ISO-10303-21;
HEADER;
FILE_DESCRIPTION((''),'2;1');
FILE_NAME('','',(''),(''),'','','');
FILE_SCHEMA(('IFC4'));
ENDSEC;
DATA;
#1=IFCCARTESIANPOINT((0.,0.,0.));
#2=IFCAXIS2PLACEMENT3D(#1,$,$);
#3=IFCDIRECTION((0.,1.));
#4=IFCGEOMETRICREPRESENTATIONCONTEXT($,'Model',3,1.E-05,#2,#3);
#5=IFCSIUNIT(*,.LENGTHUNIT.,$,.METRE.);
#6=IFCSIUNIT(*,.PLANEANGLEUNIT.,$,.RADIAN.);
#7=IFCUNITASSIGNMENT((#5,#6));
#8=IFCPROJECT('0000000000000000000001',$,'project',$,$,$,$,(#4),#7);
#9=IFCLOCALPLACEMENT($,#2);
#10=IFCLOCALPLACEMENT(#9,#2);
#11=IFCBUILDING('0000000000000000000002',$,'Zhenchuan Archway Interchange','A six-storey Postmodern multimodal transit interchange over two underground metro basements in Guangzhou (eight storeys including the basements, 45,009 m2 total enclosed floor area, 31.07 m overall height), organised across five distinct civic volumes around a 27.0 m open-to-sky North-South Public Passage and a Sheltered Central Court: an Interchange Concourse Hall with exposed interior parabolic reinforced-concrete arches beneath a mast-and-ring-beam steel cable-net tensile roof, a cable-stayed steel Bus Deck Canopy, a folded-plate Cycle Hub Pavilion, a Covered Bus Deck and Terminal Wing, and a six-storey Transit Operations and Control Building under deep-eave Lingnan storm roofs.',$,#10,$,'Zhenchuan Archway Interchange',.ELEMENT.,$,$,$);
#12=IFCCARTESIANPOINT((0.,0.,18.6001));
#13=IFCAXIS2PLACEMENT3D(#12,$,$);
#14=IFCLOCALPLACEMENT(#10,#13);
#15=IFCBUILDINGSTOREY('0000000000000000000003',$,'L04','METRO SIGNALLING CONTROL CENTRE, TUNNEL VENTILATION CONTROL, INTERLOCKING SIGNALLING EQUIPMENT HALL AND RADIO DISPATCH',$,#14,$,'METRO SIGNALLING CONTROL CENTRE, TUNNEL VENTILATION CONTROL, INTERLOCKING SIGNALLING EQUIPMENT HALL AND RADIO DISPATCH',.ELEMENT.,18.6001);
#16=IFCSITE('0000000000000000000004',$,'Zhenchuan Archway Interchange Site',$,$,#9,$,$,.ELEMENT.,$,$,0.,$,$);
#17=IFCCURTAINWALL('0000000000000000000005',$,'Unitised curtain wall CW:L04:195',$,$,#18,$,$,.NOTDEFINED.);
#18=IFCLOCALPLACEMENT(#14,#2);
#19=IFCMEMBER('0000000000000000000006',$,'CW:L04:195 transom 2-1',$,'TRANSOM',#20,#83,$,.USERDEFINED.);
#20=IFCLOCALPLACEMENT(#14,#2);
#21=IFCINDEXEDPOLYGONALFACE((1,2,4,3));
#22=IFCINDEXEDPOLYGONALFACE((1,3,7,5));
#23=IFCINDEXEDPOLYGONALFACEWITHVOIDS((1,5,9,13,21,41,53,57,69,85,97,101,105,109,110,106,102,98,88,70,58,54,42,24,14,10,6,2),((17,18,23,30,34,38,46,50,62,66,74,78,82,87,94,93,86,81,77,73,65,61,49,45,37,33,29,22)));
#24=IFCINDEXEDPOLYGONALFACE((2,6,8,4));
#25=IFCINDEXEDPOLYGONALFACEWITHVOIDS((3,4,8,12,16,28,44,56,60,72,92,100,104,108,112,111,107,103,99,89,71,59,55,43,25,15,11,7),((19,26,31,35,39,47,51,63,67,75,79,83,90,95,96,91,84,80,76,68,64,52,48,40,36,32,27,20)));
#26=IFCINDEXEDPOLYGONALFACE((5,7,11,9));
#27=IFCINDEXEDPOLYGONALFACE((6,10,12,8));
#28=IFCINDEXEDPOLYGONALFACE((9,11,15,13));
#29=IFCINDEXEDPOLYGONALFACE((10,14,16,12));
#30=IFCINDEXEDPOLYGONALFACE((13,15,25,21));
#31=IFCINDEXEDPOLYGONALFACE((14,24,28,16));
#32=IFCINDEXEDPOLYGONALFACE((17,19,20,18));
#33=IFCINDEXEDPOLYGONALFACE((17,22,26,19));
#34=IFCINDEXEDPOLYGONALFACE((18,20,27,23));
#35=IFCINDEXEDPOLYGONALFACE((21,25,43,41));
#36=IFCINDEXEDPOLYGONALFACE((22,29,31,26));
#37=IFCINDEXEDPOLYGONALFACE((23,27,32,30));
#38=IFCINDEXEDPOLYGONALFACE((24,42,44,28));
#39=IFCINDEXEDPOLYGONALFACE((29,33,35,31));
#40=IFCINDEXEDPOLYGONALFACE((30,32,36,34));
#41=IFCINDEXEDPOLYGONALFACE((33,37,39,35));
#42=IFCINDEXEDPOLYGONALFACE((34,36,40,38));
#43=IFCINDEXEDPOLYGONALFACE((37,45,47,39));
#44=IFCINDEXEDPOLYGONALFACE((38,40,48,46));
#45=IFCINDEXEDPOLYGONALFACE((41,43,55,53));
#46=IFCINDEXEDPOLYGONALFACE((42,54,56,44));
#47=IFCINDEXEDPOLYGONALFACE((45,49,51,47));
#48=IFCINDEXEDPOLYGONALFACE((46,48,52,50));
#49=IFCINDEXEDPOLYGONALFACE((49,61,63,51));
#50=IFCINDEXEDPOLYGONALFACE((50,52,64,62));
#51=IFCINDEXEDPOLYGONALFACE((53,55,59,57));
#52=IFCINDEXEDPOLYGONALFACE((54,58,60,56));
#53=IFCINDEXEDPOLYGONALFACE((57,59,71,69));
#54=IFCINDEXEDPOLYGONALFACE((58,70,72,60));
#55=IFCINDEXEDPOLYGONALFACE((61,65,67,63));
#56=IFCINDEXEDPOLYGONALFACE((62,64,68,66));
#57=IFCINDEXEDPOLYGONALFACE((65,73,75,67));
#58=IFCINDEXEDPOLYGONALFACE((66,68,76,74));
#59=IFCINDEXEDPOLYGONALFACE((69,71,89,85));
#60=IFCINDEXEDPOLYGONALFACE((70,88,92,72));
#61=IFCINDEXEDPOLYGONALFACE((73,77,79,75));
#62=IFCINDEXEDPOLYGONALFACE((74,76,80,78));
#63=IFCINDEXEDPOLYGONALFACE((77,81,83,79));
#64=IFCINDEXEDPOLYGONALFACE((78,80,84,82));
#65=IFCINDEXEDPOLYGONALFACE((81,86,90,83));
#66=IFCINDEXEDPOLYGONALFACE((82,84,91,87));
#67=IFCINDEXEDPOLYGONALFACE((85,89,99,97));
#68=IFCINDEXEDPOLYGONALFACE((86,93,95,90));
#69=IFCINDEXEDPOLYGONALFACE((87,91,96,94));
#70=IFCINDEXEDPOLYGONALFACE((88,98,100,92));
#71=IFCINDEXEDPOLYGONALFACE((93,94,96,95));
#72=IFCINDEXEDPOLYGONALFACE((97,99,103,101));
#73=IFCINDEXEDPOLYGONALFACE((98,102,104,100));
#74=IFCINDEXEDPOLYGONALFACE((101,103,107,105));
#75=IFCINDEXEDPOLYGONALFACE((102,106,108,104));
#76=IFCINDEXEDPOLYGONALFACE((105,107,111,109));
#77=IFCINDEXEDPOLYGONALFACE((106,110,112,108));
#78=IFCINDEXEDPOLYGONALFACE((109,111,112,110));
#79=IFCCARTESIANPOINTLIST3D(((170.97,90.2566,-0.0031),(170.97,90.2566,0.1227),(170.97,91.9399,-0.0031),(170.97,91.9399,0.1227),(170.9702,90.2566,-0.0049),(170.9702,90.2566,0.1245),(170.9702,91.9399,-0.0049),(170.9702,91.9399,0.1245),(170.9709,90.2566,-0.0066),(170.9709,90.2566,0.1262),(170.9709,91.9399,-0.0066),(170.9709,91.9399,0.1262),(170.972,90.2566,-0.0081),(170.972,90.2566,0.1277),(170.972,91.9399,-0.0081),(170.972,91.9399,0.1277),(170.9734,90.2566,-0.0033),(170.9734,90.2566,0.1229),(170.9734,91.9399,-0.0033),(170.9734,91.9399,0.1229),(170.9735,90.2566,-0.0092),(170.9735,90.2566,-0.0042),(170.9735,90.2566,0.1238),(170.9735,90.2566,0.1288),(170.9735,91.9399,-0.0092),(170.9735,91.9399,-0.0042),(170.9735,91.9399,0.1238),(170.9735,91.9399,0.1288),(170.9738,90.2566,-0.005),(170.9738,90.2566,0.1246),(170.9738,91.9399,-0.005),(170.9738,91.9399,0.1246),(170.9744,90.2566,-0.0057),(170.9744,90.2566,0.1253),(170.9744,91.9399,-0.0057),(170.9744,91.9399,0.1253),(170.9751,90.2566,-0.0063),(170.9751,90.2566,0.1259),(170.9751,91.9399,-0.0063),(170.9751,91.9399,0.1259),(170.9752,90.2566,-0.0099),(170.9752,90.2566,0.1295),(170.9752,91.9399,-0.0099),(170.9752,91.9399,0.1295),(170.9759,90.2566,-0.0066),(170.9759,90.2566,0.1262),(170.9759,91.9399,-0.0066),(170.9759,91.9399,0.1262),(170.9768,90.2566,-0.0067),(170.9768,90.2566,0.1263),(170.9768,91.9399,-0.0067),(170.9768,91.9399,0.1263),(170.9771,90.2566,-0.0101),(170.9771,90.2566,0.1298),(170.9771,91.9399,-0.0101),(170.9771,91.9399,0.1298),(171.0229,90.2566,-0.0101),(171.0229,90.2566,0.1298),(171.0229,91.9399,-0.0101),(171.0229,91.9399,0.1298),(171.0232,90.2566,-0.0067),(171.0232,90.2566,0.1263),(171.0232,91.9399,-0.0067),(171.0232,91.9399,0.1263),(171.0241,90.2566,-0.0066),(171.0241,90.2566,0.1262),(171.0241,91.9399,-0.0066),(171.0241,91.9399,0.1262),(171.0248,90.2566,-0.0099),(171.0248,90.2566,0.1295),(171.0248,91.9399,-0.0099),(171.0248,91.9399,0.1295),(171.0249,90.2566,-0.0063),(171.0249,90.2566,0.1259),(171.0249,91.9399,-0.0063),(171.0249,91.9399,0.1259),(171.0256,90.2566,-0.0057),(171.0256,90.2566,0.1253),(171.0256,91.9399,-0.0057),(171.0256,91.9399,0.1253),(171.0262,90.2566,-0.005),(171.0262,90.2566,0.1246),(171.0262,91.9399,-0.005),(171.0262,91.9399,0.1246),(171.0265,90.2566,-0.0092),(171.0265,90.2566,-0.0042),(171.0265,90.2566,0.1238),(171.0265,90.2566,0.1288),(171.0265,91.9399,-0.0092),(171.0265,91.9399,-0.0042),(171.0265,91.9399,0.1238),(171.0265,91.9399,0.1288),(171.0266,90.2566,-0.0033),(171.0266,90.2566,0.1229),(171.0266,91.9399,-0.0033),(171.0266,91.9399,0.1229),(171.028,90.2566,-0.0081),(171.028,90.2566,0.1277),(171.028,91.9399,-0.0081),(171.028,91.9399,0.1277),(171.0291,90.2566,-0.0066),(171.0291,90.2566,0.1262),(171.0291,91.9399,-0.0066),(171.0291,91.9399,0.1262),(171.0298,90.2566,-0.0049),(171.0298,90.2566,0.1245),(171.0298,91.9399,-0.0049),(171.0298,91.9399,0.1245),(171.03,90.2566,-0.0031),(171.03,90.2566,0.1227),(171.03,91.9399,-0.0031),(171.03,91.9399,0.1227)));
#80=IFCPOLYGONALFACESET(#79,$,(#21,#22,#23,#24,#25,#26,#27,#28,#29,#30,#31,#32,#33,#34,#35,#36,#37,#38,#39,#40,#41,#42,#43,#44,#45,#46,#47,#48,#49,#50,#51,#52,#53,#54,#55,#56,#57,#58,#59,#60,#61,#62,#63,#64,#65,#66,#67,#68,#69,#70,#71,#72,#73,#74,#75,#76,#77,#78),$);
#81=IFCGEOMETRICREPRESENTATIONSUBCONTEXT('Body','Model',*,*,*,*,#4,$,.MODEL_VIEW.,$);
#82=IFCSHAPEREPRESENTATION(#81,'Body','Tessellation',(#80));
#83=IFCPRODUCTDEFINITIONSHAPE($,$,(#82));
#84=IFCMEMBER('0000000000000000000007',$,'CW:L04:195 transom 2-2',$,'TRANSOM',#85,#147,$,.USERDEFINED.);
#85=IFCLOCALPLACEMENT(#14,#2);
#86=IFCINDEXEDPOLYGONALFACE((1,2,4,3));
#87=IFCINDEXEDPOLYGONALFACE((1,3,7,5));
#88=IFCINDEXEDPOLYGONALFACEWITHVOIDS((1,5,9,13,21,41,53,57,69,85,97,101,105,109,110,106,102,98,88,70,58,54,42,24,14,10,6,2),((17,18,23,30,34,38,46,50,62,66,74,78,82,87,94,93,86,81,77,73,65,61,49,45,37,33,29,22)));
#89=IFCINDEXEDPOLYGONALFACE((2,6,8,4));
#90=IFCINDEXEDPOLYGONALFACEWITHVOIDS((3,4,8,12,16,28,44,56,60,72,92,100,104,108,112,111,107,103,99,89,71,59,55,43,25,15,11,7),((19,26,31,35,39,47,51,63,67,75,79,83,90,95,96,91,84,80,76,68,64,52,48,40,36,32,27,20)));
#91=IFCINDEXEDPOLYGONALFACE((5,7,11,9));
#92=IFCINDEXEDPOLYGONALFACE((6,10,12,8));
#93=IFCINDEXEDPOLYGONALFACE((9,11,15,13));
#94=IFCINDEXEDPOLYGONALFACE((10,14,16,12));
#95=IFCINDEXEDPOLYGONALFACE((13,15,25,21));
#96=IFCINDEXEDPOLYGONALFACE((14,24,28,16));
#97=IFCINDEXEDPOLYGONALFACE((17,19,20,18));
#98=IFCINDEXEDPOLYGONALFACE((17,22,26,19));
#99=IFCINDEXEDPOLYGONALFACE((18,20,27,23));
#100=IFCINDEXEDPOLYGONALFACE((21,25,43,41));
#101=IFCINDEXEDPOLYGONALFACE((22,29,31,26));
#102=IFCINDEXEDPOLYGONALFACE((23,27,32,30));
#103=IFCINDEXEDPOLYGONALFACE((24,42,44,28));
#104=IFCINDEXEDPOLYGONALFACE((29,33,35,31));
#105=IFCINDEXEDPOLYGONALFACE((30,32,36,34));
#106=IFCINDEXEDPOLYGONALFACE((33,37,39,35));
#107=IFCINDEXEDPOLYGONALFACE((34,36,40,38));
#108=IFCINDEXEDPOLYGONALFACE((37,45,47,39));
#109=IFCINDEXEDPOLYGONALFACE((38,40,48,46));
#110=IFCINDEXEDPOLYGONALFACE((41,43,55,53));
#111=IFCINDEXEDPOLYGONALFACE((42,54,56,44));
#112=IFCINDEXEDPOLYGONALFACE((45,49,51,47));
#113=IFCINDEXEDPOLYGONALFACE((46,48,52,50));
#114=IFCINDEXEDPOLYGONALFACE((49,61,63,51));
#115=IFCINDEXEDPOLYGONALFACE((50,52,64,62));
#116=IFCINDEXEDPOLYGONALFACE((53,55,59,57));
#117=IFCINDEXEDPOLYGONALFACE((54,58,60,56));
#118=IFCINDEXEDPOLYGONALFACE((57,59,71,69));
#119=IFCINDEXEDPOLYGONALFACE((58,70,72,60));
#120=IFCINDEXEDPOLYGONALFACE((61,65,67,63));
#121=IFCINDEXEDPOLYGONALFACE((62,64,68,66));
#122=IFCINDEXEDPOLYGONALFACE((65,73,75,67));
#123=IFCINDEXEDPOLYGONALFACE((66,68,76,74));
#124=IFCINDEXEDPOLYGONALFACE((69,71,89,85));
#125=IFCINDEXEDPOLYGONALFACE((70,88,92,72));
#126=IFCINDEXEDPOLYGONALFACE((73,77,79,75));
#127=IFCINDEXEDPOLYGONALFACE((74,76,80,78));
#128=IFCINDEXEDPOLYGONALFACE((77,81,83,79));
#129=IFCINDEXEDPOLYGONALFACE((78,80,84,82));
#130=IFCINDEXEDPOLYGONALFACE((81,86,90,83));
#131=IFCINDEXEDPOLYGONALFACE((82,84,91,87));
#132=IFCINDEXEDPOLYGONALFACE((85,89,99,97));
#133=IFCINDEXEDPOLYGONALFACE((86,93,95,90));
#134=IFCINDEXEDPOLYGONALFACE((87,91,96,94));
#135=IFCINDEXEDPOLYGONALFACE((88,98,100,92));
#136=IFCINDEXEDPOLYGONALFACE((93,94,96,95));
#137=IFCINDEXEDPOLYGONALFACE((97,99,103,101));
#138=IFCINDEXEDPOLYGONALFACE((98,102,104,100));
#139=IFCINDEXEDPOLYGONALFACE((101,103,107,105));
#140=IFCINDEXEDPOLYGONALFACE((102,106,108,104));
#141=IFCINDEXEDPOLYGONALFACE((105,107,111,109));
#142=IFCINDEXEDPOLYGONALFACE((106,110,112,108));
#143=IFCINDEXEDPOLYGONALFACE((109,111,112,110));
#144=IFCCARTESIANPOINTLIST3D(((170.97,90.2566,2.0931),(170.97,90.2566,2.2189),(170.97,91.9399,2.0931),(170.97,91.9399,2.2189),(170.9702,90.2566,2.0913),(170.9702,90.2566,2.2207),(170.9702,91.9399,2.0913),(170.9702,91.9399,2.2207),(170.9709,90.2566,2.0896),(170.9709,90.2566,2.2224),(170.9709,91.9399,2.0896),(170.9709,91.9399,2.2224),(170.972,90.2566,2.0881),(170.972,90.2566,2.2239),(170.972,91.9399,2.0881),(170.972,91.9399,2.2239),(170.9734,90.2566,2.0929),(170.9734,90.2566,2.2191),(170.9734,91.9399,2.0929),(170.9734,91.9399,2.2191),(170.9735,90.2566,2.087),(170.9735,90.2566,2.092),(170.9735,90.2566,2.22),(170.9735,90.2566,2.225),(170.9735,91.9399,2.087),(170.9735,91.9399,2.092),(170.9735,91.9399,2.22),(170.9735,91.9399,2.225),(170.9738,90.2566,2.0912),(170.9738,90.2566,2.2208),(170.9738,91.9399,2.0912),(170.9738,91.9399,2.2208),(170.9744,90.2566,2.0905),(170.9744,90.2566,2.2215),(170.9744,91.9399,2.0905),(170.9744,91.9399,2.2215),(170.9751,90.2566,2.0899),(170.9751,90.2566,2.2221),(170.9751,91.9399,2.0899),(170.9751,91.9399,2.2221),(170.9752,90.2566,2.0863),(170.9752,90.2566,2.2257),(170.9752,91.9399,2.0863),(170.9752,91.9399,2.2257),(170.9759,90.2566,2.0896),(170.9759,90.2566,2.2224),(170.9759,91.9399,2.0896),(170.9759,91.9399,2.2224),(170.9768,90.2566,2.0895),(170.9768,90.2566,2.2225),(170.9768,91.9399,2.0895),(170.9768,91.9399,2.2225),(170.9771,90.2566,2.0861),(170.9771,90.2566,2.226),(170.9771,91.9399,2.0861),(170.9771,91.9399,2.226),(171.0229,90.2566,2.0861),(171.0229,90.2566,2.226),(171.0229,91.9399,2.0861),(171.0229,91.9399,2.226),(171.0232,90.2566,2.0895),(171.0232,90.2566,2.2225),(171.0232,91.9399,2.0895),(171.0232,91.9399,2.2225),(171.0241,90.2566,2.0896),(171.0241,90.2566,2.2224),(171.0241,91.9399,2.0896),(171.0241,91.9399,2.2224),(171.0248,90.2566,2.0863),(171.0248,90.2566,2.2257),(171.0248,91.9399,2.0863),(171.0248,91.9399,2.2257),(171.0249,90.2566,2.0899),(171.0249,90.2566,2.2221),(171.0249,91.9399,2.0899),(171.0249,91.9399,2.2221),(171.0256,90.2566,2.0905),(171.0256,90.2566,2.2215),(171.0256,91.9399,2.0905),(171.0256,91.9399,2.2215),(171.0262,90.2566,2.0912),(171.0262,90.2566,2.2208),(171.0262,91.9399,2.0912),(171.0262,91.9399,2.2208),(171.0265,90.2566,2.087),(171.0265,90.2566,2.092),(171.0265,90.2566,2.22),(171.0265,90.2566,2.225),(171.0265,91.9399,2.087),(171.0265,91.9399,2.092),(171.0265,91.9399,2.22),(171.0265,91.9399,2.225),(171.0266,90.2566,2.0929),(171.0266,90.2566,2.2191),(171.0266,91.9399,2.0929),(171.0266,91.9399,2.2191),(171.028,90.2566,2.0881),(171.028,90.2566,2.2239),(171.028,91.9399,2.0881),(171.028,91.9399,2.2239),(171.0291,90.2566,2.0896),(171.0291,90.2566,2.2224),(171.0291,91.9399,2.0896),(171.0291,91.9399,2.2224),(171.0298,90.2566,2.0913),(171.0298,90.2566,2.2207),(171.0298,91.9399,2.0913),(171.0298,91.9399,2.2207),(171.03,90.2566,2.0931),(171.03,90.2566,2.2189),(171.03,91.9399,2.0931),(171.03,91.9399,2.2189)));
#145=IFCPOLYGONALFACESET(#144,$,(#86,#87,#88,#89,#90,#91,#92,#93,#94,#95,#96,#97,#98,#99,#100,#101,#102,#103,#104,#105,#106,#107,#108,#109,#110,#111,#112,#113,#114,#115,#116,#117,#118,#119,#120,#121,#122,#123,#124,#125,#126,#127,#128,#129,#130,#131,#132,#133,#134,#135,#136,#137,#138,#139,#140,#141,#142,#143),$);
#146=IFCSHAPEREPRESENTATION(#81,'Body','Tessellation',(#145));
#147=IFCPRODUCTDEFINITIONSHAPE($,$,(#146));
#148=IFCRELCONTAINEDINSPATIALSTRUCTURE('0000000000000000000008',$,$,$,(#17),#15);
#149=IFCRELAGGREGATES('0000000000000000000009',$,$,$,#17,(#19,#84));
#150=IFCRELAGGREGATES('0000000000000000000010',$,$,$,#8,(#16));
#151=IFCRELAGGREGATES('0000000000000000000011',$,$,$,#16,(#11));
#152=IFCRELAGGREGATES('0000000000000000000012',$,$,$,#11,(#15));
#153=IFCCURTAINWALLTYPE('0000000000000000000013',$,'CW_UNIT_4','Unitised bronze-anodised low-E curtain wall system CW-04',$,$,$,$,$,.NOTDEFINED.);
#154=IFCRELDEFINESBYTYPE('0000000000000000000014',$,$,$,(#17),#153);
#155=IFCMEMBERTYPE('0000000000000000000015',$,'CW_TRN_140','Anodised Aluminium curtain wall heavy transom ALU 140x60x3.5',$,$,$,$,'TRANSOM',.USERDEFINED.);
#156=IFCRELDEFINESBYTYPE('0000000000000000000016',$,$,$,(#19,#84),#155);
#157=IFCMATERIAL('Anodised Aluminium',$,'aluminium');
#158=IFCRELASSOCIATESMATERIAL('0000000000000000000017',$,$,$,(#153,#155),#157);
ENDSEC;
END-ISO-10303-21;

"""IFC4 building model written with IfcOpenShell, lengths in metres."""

from ifc_helpers import new_model, si_unit, direction, frame, origin, origin_2d, place, context, subcontext, project, spatial, hollow_rectangle, extrude, material, material_profile, profile_set, type_object, element, aggregate, save


model = new_model("IFC4")

# Units and contexts
model_context = context("Model", 3, precision=1e-05, world=origin(), true_north=direction((0.0, 1.0)))
body_context = subcontext(model_context, "Body", "Model", "MODEL_VIEW")
ifc_project = project(units=[si_unit("LENGTHUNIT", "METRE"), si_unit("PLANEANGLEUNIT", "RADIAN")], contexts=[model_context])

# Site, building, storey
site_placement = place(None, origin())
site = spatial("IfcSite", under=ifc_project, at=site_placement, Name="Zhenchuan Archway Interchange Site", CompositionType="ELEMENT", RefElevation=0.0)
building_placement = place(site_placement, origin())
building = spatial("IfcBuilding", under=site, at=building_placement, Name="Zhenchuan Archway Interchange", Description="A six-storey Postmodern multimodal transit interchange over two underground metro basements in Guangzhou (eight storeys including the basements, 45,009 m2 total enclosed floor area, 31.07 m overall height), organised across five distinct civic volumes around a 27.0 m open-to-sky North-South Public Passage and a Sheltered Central Court: an Interchange Concourse Hall with exposed interior parabolic reinforced-concrete arches beneath a mast-and-ring-beam steel cable-net tensile roof, a cable-stayed steel Bus Deck Canopy, a folded-plate Cycle Hub Pavilion, a Covered Bus Deck and Terminal Wing, and a six-storey Transit Operations and Control Building under deep-eave Lingnan storm roofs.", LongName="Zhenchuan Archway Interchange", CompositionType="ELEMENT")
storey_placement = place(building_placement, frame((0.0, 0.0, 18.6001)))
storey = spatial("IfcBuildingStorey", under=building, at=storey_placement, Name="L04", Description="METRO SIGNALLING CONTROL CENTRE, TUNNEL VENTILATION CONTROL, INTERLOCKING SIGNALLING EQUIPMENT HALL AND RADIO DISPATCH", LongName="METRO SIGNALLING CONTROL CENTRE, TUNNEL VENTILATION CONTROL, INTERLOCKING SIGNALLING EQUIPMENT HALL AND RADIO DISPATCH", CompositionType="ELEMENT", Elevation=18.6001)

# Curtain wall, members
ifc_material_1 = material(Name="Anodised Aluminium", Category="aluminium")
curtain_wall_type = type_object("IfcCurtainWallType", Name="CW_UNIT_4", Description="Unitised bronze-anodised low-E curtain wall system CW-04", PredefinedType="NOTDEFINED", material=ifc_material_1)
curtain_wall_placement = place(storey_placement, origin())
curtain_wall = element("IfcCurtainWall", 1, at=curtain_wall_placement, inside=storey, type_object=curtain_wall_type, Name="Unitised curtain wall CW:L04:195", PredefinedType="NOTDEFINED")
ifc_material_profile_1 = material_profile(ifc_material_1, hollow_rectangle(XDim=0.0601, YDim=0.1399, WallThickness=0.0034, InnerFilletRadius=0.0034, OuterFilletRadius=0.0071, at=origin_2d()), Name="ALU 140x60x3.5")
ifc_profile_set_1 = profile_set([ifc_material_profile_1], Name="Anodised Aluminium")
member_type_1 = type_object("IfcMemberType", Name="CW_TRN_140", Description="Anodised Aluminium curtain wall heavy transom ALU 140x60x3.5", ElementType="TRANSOM", PredefinedType="USERDEFINED", material=ifc_profile_set_1)
member_1_placement = place(storey_placement, frame((171.0, 91.9399, 0.0598), z_axis=(0.0, -1.0, 0.0), x_axis=(1.0, 0.0, 0.0)))
member_1 = element("IfcMember", 2, at=member_1_placement, type_object=member_type_1, Name="CW:L04:195 transom 2-1", ObjectType="TRANSOM", PredefinedType="USERDEFINED", context=body_context, shape_type="SweptSolid", body=[
    extrude(hollow_rectangle(XDim=0.0601, YDim=0.1399, WallThickness=0.0034, InnerFilletRadius=0.0034, OuterFilletRadius=0.0071, at=origin_2d()), origin(), (0.0, 0.0, 1.0), 1.6833),
])
member_2_placement = place(storey_placement, frame((171.0, 91.9399, 2.156), z_axis=(0.0, -1.0, 0.0), x_axis=(1.0, 0.0, 0.0)))
member_2 = element("IfcMember", 3, at=member_2_placement, type_object=member_type_1, Name="CW:L04:195 transom 2-2", ObjectType="TRANSOM", PredefinedType="USERDEFINED", context=body_context, shape_type="SweptSolid", body=[
    extrude(hollow_rectangle(XDim=0.0601, YDim=0.1399, WallThickness=0.0034, InnerFilletRadius=0.0034, OuterFilletRadius=0.0071, at=origin_2d()), origin(), (0.0, 0.0, 1.0), 1.6833),
])
aggregate(curtain_wall, [member_1, member_2])

save(model, "model.ifc")
